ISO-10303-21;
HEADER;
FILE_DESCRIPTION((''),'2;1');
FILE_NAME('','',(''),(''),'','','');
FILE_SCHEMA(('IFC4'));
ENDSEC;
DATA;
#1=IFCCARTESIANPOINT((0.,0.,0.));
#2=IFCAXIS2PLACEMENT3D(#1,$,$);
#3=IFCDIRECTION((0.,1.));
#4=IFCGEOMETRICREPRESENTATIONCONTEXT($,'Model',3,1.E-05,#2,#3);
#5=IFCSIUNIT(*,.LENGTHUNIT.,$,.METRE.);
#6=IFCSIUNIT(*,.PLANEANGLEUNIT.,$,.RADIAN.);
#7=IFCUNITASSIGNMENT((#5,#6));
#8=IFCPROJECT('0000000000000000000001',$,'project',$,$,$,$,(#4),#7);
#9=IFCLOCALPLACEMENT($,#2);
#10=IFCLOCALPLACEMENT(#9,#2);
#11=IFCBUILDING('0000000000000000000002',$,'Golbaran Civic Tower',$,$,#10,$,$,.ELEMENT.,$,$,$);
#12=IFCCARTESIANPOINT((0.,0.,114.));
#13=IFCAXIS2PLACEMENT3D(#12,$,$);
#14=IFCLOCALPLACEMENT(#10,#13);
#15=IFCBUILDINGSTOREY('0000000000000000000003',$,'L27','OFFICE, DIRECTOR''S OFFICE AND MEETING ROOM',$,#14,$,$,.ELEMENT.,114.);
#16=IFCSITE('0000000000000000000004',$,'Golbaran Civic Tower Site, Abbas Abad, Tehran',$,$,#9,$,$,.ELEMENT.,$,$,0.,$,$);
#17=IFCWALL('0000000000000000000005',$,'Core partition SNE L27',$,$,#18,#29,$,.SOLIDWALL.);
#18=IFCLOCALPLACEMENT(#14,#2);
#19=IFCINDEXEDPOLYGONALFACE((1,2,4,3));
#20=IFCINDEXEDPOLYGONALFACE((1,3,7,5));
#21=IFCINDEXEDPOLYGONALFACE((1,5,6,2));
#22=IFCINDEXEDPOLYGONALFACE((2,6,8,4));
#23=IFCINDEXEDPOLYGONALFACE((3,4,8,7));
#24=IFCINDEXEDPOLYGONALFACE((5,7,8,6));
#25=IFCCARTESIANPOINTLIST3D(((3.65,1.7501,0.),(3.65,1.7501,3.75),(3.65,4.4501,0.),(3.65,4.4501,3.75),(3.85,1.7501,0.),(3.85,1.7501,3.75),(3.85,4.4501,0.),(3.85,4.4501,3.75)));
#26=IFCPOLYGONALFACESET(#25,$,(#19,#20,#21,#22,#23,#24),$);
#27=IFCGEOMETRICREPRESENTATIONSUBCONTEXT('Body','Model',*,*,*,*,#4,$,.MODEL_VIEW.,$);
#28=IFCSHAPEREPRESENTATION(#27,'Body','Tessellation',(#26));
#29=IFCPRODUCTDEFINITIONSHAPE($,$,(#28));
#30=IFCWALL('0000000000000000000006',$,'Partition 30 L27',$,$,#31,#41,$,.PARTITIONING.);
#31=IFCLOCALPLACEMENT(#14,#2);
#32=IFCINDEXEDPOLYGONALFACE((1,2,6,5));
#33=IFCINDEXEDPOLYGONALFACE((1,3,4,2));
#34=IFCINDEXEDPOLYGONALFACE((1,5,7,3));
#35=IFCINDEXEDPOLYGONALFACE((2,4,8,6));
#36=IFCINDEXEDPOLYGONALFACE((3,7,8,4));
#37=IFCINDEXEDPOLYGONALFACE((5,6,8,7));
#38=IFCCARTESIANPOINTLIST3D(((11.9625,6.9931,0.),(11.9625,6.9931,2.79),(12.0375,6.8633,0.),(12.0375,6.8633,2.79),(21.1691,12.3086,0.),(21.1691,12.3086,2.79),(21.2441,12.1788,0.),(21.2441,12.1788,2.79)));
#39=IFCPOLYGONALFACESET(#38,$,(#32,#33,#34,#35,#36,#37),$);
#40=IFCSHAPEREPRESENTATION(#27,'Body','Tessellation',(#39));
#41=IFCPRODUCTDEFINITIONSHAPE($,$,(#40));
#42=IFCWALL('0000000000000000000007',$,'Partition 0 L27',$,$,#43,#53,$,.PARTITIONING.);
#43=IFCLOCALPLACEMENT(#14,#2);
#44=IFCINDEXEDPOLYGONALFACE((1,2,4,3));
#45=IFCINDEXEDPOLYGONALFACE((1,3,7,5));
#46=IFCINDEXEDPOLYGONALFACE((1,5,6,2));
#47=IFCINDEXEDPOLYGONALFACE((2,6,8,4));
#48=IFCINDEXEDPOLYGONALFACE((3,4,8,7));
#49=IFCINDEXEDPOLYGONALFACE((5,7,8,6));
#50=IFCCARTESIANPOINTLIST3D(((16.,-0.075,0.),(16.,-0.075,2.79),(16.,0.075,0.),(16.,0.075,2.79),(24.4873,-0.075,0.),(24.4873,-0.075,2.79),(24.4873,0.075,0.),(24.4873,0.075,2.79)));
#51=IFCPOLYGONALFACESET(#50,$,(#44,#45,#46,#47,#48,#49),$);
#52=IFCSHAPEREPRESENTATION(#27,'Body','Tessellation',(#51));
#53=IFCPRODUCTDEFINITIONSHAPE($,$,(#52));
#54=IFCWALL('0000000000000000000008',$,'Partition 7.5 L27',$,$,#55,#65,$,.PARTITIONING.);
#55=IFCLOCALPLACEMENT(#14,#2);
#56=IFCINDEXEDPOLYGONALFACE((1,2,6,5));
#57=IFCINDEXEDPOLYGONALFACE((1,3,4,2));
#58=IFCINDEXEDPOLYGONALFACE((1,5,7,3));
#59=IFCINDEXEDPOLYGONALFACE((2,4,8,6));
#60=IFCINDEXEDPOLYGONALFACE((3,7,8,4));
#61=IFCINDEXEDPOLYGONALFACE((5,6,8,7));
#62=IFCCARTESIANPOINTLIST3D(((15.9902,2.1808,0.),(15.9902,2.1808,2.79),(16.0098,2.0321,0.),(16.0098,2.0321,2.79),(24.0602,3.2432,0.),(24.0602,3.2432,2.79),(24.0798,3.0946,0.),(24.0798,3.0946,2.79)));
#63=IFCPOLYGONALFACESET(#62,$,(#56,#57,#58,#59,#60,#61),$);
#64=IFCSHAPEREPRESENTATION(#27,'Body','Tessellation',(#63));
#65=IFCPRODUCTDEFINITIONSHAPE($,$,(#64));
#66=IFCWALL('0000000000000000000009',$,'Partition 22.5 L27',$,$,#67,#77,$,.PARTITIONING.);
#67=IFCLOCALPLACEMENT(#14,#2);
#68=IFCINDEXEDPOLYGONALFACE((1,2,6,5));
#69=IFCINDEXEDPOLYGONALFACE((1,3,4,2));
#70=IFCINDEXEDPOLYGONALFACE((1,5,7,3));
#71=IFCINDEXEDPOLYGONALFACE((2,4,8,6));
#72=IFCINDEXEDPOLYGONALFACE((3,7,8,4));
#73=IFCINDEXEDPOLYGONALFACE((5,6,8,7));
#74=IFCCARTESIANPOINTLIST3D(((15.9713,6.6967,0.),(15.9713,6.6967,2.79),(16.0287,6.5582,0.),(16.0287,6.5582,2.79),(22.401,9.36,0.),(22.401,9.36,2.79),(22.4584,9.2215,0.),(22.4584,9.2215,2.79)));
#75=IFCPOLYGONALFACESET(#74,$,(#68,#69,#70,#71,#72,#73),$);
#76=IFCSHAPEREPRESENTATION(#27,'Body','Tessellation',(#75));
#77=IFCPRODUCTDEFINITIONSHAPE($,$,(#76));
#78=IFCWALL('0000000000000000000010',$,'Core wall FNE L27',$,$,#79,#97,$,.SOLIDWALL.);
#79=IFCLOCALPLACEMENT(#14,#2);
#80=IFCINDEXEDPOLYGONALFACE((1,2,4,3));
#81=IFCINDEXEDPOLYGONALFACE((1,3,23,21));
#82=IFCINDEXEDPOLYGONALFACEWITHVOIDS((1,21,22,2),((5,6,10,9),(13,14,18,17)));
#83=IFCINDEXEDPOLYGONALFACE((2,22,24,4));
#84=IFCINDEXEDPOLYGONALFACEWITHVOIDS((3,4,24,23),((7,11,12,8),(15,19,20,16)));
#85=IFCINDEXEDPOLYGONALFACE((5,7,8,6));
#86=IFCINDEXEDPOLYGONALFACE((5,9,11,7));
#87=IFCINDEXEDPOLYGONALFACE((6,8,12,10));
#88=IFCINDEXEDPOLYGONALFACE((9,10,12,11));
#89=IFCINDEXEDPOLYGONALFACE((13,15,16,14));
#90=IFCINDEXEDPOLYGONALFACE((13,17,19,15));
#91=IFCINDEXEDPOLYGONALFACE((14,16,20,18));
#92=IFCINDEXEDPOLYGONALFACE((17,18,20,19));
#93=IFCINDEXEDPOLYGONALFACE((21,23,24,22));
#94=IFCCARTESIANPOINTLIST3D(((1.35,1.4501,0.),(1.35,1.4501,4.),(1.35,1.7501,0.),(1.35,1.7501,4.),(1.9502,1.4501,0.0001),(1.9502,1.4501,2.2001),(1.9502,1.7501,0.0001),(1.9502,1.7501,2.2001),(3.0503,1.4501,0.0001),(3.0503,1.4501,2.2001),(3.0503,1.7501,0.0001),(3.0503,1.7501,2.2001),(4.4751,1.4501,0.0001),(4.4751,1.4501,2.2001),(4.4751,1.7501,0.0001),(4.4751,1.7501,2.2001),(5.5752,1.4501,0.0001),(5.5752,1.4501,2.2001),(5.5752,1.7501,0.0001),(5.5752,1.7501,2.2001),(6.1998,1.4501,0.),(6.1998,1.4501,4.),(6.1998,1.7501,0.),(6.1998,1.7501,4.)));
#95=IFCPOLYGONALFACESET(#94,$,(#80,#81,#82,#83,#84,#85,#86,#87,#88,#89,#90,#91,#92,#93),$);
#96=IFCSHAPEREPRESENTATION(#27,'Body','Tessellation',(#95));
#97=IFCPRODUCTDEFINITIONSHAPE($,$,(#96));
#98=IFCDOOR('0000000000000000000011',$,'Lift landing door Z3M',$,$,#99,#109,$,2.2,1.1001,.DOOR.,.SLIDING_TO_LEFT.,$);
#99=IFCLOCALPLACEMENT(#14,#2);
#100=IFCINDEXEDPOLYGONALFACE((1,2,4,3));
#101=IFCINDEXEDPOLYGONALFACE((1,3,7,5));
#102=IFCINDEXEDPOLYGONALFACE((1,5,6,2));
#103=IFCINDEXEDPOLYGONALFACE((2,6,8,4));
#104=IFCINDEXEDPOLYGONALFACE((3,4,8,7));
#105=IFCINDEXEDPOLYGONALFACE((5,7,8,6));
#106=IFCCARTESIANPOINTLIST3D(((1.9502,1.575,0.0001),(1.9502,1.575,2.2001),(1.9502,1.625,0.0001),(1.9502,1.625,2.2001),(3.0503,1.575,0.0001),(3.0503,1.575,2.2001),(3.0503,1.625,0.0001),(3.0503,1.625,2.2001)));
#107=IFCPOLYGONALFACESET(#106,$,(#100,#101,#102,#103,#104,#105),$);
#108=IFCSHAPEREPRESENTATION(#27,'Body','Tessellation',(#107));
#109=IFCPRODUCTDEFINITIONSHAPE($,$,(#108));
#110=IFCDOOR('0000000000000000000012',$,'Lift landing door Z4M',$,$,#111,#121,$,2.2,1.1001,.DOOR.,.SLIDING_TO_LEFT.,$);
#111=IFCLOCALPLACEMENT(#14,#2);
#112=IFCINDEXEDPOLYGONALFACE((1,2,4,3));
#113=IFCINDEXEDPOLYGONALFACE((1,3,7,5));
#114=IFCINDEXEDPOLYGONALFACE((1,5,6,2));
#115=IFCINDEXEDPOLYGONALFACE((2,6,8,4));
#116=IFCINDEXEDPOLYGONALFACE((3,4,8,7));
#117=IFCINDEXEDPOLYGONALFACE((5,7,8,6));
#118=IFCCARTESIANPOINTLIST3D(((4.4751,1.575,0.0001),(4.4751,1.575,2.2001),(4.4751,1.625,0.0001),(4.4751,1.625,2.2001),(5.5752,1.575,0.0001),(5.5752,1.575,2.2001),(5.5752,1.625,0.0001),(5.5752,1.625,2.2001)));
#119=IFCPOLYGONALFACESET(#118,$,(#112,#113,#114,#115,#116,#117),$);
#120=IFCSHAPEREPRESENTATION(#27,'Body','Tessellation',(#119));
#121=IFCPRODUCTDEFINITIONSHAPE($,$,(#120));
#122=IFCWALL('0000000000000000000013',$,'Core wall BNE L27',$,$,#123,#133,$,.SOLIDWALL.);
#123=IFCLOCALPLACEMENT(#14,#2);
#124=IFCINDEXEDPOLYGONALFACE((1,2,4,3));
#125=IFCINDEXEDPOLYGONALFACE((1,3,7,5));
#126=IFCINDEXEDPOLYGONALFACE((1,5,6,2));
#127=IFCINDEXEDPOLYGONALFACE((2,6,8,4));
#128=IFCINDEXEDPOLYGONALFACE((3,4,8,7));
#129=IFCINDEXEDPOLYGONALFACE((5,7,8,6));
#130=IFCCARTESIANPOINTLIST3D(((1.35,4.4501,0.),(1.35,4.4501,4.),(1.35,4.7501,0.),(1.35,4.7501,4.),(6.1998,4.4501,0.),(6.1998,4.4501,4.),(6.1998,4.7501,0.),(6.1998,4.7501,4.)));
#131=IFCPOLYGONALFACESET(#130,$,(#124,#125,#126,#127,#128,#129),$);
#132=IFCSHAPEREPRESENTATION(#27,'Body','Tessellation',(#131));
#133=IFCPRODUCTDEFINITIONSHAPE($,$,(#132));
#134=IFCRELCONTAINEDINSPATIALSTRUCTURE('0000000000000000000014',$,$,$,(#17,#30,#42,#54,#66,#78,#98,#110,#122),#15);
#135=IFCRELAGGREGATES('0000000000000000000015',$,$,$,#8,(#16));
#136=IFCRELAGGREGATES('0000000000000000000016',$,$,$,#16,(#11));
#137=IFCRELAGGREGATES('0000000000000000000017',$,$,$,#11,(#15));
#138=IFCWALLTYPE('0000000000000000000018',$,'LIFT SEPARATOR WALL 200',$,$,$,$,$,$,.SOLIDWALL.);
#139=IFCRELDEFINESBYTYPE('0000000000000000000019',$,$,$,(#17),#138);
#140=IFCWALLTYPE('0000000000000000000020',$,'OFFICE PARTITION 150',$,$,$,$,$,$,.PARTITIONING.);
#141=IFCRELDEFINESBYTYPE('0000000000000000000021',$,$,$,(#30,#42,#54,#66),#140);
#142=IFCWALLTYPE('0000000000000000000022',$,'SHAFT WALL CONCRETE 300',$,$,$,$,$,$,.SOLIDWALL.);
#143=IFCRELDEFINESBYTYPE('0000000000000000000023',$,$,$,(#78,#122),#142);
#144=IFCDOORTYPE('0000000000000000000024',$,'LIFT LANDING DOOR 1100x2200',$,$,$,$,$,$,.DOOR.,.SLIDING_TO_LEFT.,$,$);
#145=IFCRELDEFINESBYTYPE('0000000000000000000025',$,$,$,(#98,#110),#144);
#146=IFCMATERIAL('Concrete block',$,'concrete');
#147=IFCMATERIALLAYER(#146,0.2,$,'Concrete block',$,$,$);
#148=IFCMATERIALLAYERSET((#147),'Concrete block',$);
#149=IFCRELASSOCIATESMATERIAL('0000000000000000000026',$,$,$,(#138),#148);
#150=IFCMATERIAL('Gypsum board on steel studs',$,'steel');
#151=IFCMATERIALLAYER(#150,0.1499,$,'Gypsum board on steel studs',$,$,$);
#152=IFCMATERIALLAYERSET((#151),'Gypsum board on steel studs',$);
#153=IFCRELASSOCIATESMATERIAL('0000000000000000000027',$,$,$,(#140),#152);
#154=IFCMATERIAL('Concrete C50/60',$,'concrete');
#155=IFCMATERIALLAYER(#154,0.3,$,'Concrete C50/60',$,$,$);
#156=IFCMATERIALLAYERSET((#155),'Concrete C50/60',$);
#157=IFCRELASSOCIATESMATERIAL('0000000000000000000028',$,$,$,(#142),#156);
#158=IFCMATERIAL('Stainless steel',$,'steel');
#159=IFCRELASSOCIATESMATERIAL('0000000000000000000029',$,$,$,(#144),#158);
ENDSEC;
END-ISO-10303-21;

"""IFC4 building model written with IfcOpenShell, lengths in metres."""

from ifc_helpers import new_model, si_unit, direction, frame, frame_2d, origin, place, context, subcontext, project, spatial, rectangle, extrude, material, layer, layer_set, type_object, element, fill, save


model = new_model("IFC4")

# Units and contexts
model_context = context("Model", 3, precision=1e-05, world=origin(), true_north=direction((0.0, 1.0)))
body_context = subcontext(model_context, "Body", "Model", "MODEL_VIEW")
ifc_project = project(units=[si_unit("LENGTHUNIT", "METRE"), si_unit("PLANEANGLEUNIT", "RADIAN")], contexts=[model_context])

# Site, building, storey
site_placement = place(None, origin())
site = spatial("IfcSite", under=ifc_project, at=site_placement, Name="Golbaran Civic Tower Site, Abbas Abad, Tehran", CompositionType="ELEMENT", RefElevation=0.0)
building_placement = place(site_placement, origin())
building = spatial("IfcBuilding", under=site, at=building_placement, Name="Golbaran Civic Tower", CompositionType="ELEMENT")
storey_placement = place(building_placement, frame((0.0, 0.0, 114.0)))
storey = spatial("IfcBuildingStorey", under=building, at=storey_placement, Name="L27", Description="OFFICE, DIRECTOR'S OFFICE AND MEETING ROOM", CompositionType="ELEMENT", Elevation=114.0)

# Shared definitions
ifc_material_1 = material(Name="Concrete block", Category="concrete")

# Walls
ifc_layer_1 = layer(ifc_material_1, 0.2, Name="Concrete block")
ifc_layer_set_1 = layer_set([ifc_layer_1], Name="Concrete block")
wall_type_1 = type_object("IfcWallType", Name="LIFT SEPARATOR WALL 200", PredefinedType="SOLIDWALL", material=ifc_layer_set_1)
wall_1_placement = place(storey_placement, frame((3.75, 1.75, 0.0), z_axis=(0.0, 0.0, 1.0), x_axis=(0.0, 1.0, 0.0)))
element("IfcWall", 1, at=wall_1_placement, inside=storey, type_object=wall_type_1, Name="Core partition SNE L27", PredefinedType="SOLIDWALL", context=body_context, shape_type="SweptSolid", body=[
    extrude(rectangle(XDim=2.7, YDim=0.2, at=frame_2d((1.3501, 0.0))), origin(), (0.0, 0.0, 1.0), 3.75),
])
ifc_material_2 = material(Name="Gypsum board on steel studs", Category="steel")
ifc_layer_2 = layer(ifc_material_2, 0.1499, Name="Gypsum board on steel studs")
ifc_layer_set_2 = layer_set([ifc_layer_2], Name="Gypsum board on steel studs")
wall_type_2 = type_object("IfcWallType", Name="OFFICE PARTITION 150", PredefinedType="PARTITIONING", material=ifc_layer_set_2)
wall_2_placement = place(storey_placement, frame((12.0, 6.9282, 0.0), z_axis=(0.0, 0.0, 1.0), x_axis=(0.866024, 0.500002, 0.0)))
element("IfcWall", 2, at=wall_2_placement, inside=storey, type_object=wall_type_2, Name="Partition 30 L27", PredefinedType="PARTITIONING", context=body_context, shape_type="SweptSolid", body=[
    extrude(rectangle(XDim=10.6309, YDim=0.1499, at=frame_2d((5.3154, 0.0))), origin(), (0.0, 0.0, 1.0), 2.79),
])
wall_3_placement = place(storey_placement, frame((16.0, 0.0, 0.0), z_axis=(0.0, 0.0, 1.0), x_axis=(1.0, 0.0, 0.0)))
element("IfcWall", 3, at=wall_3_placement, inside=storey, type_object=wall_type_2, Name="Partition 0 L27", PredefinedType="PARTITIONING", context=body_context, shape_type="SweptSolid", body=[
    extrude(rectangle(XDim=8.4873, YDim=0.1499, at=frame_2d((4.2437, 0.0))), origin(), (0.0, 0.0, 1.0), 2.79),
])
wall_4_placement = place(storey_placement, frame((16.0, 2.1064, 0.0), z_axis=(0.0, 0.0, 1.0), x_axis=(0.991444, 0.130533, 0.0)))
element("IfcWall", 4, at=wall_4_placement, inside=storey, type_object=wall_type_2, Name="Partition 7.5 L27", PredefinedType="PARTITIONING", context=body_context, shape_type="SweptSolid", body=[
    extrude(rectangle(XDim=8.1396, YDim=0.1499, at=frame_2d((4.0698, 0.0))), origin(), (0.0, 0.0, 1.0), 2.79),
])
wall_5_placement = place(storey_placement, frame((16.0, 6.6274, 0.0), z_axis=(0.0, 0.0, 1.0), x_axis=(0.923876, 0.382692, 0.0)))
element("IfcWall", 5, at=wall_5_placement, inside=storey, type_object=wall_type_2, Name="Partition 22.5 L27", PredefinedType="PARTITIONING", context=body_context, shape_type="SweptSolid", body=[
    extrude(rectangle(XDim=6.9595, YDim=0.1499, at=frame_2d((3.4797, 0.0))), origin(), (0.0, 0.0, 1.0), 2.79),
])

# Wall, openings, doors
ifc_material_3 = material(Name="Concrete C50/60", Category="concrete")
ifc_layer_3 = layer(ifc_material_3, 0.3, Name="Concrete C50/60")
ifc_layer_set_3 = layer_set([ifc_layer_3], Name="Concrete C50/60")
wall_type_3 = type_object("IfcWallType", Name="SHAFT WALL CONCRETE 300", PredefinedType="SOLIDWALL", material=ifc_layer_set_3)
wall_6_placement = place(storey_placement, frame((1.3501, 1.6001, 0.0), z_axis=(0.0, 0.0, 1.0), x_axis=(1.0, 0.0, 0.0)))
wall_6 = element("IfcWall", 6, at=wall_6_placement, inside=storey, type_object=wall_type_3, Name="Core wall FNE L27", PredefinedType="SOLIDWALL", context=body_context, shape_type="SweptSolid", body=[
    extrude(rectangle(XDim=4.8499, YDim=0.3, at=frame_2d((2.4248, 0.0))), origin(), (0.0, 0.0, 1.0), 4.0),
])
opening_1_placement = place(wall_6_placement, frame((0.6001, 0.0, 0.0)))
opening_1 = element("IfcOpeningElement", 7, at=opening_1_placement, cuts=wall_6, PredefinedType="OPENING", context=body_context, shape_type="SweptSolid", body=[
    extrude(rectangle(XDim=1.1001, YDim=2.2, at=frame_2d((0.55, 1.1001))), frame((0.0, 0.1599, 0.0), z_axis=(0.0, -1.0, 0.0), x_axis=(1.0, 0.0, 0.0)), (0.0, 0.0, 1.0), 0.3201),
])
opening_2_placement = place(wall_6_placement, frame((3.125, 0.0, 0.0)))
opening_2 = element("IfcOpeningElement", 8, at=opening_2_placement, cuts=wall_6, PredefinedType="OPENING", context=body_context, shape_type="SweptSolid", body=[
    extrude(rectangle(XDim=1.1001, YDim=2.2, at=frame_2d((0.55, 1.1001))), frame((0.0, 0.1599, 0.0), z_axis=(0.0, -1.0, 0.0), x_axis=(1.0, 0.0, 0.0)), (0.0, 0.0, 1.0), 0.3201),
])
ifc_material_4 = material(Name="Stainless steel", Category="steel")
door_type_1 = type_object("IfcDoorType", Name="LIFT LANDING DOOR 1100x2200", OperationType="SLIDING_TO_LEFT", PredefinedType="DOOR", material=ifc_material_4)
door_1_placement = place(opening_1_placement, origin())
door_1 = element("IfcDoor", 9, at=door_1_placement, inside=storey, type_object=door_type_1, Name="Lift landing door Z3M", OperationType="SLIDING_TO_LEFT", OverallHeight=2.2, OverallWidth=1.1001, PredefinedType="DOOR", context=body_context, shape_type="SweptSolid", body=[
    extrude(rectangle(XDim=1.1001, YDim=2.2, at=frame_2d((0.55, 1.1001))), frame((0.0, 0.0249, 0.0), z_axis=(0.0, -1.0, 0.0), x_axis=(1.0, 0.0, 0.0)), (0.0, 0.0, 1.0), 0.05),
])
fill(opening_1, door_1)
door_2_placement = place(opening_2_placement, origin())
door_2 = element("IfcDoor", 10, at=door_2_placement, inside=storey, type_object=door_type_1, Name="Lift landing door Z4M", OperationType="SLIDING_TO_LEFT", OverallHeight=2.2, OverallWidth=1.1001, PredefinedType="DOOR", context=body_context, shape_type="SweptSolid", body=[
    extrude(rectangle(XDim=1.1001, YDim=2.2, at=frame_2d((0.55, 1.1001))), frame((0.0, 0.0249, 0.0), z_axis=(0.0, -1.0, 0.0), x_axis=(1.0, 0.0, 0.0)), (0.0, 0.0, 1.0), 0.05),
])
fill(opening_2, door_2)

# Wall
wall_7_placement = place(storey_placement, frame((1.3501, 4.6001, 0.0), z_axis=(0.0, 0.0, 1.0), x_axis=(1.0, 0.0, 0.0)))
element("IfcWall", 11, at=wall_7_placement, inside=storey, type_object=wall_type_3, Name="Core wall BNE L27", PredefinedType="SOLIDWALL", context=body_context, shape_type="SweptSolid", body=[
    extrude(rectangle(XDim=4.8499, YDim=0.3, at=frame_2d((2.4248, 0.0))), origin(), (0.0, 0.0, 1.0), 4.0),
])

save(model, "model.ifc")
